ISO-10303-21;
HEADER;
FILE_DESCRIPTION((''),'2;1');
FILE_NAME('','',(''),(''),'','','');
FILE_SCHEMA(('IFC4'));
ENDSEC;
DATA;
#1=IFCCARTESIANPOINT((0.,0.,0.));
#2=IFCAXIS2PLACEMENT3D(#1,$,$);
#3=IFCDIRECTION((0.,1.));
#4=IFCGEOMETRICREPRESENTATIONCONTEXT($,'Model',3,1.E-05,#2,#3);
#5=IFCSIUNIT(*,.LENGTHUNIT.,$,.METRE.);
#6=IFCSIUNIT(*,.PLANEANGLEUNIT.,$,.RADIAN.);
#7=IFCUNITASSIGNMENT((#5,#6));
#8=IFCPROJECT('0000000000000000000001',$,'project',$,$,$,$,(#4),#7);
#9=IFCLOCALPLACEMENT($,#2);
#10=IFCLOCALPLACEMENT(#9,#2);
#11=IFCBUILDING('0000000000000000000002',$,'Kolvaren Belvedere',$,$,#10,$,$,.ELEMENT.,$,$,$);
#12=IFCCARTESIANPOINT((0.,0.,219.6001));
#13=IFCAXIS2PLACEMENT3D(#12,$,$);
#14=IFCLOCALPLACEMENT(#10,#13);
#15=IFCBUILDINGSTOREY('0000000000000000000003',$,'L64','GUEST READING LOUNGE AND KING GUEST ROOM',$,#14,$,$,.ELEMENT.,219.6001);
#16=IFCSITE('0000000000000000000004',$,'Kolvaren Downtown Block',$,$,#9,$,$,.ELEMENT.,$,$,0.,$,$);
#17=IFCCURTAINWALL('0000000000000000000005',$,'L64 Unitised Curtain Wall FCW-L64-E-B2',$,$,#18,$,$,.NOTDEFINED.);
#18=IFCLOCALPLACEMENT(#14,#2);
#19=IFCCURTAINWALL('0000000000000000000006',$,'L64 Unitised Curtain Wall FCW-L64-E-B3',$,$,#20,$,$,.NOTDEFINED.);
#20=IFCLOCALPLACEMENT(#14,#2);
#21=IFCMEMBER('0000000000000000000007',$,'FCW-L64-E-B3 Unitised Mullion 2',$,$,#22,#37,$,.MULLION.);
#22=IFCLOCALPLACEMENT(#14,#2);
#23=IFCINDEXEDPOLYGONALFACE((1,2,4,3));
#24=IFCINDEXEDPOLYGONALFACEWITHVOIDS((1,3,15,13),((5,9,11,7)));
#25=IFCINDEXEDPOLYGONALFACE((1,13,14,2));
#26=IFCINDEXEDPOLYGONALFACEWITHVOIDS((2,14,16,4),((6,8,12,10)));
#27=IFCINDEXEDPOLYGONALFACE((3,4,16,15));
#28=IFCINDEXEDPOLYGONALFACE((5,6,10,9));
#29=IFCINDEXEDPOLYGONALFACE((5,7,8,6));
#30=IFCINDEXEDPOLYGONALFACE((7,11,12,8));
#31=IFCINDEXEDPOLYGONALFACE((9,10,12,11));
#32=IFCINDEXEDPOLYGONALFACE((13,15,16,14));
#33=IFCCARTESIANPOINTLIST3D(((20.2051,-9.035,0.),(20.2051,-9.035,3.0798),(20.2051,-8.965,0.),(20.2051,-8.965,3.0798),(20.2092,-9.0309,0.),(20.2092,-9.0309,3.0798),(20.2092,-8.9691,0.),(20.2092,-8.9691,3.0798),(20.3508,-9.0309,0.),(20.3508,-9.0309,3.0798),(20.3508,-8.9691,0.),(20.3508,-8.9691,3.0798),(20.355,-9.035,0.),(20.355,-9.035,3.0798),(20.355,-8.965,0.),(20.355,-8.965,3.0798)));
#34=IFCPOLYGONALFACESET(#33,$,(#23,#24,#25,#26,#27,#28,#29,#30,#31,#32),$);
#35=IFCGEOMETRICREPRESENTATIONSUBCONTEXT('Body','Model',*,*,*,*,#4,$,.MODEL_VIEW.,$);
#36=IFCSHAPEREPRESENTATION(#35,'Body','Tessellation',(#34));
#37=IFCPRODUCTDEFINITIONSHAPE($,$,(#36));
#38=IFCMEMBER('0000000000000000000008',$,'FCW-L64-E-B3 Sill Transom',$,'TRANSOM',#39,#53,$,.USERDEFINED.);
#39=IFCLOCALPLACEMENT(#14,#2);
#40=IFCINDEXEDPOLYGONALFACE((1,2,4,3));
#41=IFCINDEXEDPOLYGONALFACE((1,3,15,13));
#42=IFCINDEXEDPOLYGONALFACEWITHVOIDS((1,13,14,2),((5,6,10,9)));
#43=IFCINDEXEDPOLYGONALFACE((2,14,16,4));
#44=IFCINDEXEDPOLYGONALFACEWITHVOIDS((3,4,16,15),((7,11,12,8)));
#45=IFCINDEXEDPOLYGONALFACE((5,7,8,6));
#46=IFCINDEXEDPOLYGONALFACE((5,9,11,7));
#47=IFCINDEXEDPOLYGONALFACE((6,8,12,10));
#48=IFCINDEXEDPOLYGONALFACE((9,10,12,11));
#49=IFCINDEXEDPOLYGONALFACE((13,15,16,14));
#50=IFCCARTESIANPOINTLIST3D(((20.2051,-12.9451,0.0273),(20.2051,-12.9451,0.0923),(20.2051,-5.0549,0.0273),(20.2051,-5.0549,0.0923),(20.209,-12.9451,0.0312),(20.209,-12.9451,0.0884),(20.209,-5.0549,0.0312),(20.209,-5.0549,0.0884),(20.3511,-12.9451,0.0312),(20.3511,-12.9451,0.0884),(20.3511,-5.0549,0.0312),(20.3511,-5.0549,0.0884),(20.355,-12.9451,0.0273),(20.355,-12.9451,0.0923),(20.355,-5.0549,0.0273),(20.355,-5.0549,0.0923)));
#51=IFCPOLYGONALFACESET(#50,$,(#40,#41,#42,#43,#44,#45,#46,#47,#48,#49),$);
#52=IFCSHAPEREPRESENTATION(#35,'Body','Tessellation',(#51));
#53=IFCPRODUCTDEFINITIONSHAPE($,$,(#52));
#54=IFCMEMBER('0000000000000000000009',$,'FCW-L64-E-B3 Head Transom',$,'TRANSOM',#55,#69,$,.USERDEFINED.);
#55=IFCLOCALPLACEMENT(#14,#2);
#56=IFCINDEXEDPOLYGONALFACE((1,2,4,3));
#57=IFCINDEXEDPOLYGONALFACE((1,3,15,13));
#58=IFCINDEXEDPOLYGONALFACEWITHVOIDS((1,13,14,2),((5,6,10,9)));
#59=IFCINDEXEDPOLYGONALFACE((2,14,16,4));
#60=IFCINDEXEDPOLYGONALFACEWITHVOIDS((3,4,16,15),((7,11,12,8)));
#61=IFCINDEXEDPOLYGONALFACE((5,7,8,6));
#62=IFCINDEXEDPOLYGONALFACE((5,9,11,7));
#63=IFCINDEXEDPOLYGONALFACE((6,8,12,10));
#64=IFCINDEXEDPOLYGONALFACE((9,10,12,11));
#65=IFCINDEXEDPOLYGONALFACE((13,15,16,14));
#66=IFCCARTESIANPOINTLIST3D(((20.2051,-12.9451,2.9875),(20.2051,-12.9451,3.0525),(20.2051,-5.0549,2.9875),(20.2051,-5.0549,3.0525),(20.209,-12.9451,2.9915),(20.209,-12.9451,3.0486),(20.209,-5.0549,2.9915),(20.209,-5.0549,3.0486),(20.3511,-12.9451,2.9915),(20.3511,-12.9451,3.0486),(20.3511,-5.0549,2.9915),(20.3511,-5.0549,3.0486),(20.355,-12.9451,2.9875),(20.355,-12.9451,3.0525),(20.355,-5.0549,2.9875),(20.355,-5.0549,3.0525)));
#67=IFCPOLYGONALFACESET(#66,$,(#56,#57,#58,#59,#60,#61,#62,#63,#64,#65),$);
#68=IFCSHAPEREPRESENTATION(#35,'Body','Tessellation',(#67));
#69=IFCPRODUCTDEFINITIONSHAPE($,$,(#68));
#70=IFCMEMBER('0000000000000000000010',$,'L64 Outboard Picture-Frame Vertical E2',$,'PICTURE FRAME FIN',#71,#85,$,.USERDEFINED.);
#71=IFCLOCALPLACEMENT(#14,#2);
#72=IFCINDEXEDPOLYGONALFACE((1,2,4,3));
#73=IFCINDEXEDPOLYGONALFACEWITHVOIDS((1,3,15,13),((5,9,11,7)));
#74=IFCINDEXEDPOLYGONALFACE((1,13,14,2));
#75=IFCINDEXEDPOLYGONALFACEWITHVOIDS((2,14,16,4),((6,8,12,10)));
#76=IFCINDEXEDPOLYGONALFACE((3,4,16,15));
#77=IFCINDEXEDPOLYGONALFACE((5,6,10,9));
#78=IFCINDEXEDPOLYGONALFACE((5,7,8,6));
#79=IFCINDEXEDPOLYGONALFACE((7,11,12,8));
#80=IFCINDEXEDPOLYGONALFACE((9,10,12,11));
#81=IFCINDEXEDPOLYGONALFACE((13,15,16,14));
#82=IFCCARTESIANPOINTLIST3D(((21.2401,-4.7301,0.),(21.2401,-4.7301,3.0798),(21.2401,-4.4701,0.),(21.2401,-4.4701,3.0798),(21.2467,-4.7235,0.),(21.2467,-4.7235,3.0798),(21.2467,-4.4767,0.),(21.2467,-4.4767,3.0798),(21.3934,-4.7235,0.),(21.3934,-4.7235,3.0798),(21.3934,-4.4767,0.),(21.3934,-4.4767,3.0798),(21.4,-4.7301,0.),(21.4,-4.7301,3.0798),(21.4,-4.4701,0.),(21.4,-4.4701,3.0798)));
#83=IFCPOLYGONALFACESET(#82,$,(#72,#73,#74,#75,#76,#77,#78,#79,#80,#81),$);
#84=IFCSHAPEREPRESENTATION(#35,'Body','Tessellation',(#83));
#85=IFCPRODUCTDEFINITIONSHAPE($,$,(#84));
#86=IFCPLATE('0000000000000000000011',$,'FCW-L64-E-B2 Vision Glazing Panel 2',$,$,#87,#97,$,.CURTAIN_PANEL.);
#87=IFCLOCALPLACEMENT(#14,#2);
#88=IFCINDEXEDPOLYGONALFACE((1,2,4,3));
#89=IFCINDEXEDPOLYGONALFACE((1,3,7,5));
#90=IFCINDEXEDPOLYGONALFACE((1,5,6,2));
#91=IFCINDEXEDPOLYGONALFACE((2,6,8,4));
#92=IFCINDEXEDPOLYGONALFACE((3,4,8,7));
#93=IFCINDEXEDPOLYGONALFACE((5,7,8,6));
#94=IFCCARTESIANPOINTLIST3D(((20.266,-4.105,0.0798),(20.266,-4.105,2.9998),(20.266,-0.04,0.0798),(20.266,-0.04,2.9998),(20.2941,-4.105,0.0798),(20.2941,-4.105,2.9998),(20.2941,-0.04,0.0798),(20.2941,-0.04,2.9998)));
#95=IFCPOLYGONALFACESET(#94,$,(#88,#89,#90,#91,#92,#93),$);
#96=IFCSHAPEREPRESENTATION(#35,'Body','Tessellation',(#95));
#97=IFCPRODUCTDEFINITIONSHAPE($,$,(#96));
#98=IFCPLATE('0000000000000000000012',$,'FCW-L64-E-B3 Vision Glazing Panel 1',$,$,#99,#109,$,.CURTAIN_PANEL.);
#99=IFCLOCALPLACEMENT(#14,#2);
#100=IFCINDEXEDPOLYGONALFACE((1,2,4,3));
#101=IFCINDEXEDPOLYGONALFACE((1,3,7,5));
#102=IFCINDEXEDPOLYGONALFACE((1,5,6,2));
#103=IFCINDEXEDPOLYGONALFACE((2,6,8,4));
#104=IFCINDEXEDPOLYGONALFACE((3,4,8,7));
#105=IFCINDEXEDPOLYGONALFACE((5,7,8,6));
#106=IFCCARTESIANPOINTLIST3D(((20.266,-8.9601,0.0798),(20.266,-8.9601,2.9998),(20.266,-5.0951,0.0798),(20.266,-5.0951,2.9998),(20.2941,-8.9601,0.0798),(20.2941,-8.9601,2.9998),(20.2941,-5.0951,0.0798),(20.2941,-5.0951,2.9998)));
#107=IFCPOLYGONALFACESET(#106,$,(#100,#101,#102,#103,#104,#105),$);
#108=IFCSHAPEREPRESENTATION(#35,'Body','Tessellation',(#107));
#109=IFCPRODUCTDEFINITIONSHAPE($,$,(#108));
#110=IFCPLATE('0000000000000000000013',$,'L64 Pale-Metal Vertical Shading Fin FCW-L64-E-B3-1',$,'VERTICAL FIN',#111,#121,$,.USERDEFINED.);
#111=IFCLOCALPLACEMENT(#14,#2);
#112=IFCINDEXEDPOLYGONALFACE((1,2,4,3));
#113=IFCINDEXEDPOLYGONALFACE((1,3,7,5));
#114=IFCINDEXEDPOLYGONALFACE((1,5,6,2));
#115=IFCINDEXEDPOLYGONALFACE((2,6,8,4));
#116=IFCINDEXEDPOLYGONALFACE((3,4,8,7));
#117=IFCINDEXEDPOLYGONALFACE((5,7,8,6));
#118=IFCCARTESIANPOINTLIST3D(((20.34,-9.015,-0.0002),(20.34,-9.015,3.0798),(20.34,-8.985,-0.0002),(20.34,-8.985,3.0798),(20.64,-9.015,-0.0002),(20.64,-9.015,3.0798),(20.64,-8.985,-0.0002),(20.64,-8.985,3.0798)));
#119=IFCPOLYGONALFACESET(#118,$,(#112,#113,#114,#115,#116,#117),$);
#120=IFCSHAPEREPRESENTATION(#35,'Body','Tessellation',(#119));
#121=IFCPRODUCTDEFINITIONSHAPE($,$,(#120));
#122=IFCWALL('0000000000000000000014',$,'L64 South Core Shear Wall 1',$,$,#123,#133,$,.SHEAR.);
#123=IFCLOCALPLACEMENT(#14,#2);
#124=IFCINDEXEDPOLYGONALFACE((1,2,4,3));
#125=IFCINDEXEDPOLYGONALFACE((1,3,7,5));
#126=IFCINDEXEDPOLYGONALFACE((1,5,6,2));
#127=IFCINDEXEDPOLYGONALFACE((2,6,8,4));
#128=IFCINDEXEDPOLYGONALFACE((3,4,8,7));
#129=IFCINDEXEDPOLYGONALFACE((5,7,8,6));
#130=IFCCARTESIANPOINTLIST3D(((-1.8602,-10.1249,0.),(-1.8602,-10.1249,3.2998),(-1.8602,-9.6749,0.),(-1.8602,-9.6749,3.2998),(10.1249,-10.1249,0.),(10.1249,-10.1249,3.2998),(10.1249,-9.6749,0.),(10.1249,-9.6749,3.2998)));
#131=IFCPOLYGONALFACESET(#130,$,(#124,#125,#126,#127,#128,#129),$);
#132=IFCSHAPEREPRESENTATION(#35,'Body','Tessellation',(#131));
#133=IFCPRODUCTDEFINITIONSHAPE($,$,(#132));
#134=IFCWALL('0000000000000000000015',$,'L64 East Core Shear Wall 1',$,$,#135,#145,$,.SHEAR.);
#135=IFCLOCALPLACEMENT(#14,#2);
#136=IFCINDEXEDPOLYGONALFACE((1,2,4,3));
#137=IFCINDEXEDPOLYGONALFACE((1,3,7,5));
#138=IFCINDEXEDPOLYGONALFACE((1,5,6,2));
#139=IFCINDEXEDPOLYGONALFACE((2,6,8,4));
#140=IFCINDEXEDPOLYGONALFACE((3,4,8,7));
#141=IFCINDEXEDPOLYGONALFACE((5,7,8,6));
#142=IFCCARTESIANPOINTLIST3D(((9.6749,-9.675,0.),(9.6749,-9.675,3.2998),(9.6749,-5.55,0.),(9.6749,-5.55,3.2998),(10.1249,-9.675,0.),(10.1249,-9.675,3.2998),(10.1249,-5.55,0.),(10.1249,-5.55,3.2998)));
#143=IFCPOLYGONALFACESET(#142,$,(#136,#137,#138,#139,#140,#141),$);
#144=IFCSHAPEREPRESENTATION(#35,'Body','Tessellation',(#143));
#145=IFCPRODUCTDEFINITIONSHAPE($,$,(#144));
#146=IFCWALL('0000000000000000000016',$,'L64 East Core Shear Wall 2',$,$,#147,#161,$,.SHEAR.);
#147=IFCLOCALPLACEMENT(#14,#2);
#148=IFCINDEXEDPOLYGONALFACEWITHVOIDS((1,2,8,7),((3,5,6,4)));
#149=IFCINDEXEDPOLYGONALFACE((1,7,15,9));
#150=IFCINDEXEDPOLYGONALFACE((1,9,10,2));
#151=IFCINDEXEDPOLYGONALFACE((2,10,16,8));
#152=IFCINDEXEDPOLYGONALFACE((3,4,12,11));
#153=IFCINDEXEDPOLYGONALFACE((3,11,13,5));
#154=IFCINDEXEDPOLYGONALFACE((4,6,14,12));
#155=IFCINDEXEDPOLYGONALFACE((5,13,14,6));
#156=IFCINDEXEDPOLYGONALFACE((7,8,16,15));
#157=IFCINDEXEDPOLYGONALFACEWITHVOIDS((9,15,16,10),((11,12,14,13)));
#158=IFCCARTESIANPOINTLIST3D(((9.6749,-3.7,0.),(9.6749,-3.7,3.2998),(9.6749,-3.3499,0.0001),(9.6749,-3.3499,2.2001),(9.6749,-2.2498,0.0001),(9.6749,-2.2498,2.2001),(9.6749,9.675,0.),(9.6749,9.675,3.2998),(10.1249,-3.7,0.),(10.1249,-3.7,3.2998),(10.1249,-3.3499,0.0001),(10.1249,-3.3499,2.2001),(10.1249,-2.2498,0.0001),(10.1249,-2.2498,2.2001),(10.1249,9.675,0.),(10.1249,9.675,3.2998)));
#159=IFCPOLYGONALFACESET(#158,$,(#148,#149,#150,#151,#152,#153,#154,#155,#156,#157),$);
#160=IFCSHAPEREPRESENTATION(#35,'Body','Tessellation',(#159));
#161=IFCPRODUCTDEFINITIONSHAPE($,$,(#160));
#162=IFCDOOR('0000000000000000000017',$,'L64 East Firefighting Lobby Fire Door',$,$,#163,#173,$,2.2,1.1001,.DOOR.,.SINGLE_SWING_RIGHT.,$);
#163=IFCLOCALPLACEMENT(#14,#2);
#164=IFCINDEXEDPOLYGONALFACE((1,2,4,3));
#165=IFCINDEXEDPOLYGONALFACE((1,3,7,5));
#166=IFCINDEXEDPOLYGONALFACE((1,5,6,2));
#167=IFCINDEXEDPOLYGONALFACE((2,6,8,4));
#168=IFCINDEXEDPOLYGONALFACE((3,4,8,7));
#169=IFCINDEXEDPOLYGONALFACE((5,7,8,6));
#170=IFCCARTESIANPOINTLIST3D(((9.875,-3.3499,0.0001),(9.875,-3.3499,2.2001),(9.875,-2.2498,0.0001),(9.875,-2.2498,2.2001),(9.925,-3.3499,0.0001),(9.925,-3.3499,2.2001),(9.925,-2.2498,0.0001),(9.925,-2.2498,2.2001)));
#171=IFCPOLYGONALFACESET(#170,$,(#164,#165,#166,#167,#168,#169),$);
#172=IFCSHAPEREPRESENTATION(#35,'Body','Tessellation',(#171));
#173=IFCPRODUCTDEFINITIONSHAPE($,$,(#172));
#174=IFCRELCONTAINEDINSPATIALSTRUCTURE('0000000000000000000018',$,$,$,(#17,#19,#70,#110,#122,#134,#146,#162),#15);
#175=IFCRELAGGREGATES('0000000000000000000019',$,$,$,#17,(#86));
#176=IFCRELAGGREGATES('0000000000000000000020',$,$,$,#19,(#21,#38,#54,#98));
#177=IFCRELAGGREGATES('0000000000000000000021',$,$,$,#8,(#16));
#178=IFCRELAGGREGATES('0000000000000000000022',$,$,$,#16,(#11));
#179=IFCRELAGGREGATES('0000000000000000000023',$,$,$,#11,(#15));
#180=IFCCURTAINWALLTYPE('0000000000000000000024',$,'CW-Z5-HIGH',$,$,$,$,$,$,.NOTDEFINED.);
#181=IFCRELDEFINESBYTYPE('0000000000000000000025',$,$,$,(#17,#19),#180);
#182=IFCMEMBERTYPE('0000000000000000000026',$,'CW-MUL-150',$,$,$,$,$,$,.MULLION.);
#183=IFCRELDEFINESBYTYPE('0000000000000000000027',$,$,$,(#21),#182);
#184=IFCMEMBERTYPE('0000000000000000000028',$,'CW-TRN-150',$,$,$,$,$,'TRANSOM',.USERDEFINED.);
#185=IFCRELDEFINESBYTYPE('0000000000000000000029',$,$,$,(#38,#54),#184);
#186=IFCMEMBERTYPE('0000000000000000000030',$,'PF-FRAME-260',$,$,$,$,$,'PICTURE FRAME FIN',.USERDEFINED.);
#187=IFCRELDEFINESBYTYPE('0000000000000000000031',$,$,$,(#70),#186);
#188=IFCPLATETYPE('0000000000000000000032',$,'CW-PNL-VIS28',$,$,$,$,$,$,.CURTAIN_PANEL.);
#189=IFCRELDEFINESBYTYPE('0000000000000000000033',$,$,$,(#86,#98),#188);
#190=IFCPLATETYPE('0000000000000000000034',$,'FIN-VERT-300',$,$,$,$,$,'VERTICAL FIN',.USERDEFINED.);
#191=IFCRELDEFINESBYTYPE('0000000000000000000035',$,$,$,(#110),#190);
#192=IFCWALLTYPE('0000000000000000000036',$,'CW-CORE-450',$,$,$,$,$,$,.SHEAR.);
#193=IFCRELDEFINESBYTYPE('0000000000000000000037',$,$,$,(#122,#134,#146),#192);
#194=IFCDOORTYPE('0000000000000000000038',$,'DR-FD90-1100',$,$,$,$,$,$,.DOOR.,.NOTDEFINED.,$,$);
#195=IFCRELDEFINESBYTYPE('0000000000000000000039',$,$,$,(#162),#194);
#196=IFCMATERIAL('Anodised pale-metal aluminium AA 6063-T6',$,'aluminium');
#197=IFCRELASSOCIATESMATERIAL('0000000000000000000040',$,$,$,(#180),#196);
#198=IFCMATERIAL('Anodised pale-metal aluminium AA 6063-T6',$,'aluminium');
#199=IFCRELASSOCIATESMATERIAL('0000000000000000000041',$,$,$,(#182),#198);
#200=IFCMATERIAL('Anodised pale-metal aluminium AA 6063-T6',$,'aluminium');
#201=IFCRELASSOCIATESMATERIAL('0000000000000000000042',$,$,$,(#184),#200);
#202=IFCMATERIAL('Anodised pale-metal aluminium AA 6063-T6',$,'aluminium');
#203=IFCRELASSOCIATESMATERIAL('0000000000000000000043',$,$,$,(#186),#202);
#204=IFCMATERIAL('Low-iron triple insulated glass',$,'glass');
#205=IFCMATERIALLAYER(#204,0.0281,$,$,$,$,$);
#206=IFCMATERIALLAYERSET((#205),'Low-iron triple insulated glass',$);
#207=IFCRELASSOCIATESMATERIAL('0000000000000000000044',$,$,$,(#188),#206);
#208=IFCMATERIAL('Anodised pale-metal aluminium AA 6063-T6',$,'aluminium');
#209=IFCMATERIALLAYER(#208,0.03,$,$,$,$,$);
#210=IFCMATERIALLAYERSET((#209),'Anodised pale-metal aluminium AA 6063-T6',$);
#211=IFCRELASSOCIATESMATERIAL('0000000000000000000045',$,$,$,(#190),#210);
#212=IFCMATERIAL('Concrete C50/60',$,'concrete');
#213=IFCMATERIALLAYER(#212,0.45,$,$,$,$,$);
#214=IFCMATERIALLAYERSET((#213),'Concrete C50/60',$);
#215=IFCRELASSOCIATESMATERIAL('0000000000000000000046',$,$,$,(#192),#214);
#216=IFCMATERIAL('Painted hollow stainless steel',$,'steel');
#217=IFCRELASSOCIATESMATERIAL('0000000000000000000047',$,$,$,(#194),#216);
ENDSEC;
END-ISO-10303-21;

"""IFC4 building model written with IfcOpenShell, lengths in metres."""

from ifc_helpers import new_model, si_unit, direction, frame, frame_2d, origin, origin_2d, place, context, subcontext, project, spatial, rectangle, hollow_rectangle, extrude, material, layer, layer_set, material_profile, profile_set, type_object, element, fill, aggregate, save


model = new_model("IFC4")

# Units and contexts
model_context = context("Model", 3, precision=1e-05, world=origin(), true_north=direction((0.0, 1.0)))
body_context = subcontext(model_context, "Body", "Model", "MODEL_VIEW")
ifc_project = project(units=[si_unit("LENGTHUNIT", "METRE"), si_unit("PLANEANGLEUNIT", "RADIAN")], contexts=[model_context])

# Site, building, storey
site_placement = place(None, origin())
site = spatial("IfcSite", under=ifc_project, at=site_placement, Name="Kolvaren Downtown Block", CompositionType="ELEMENT", RefElevation=0.0)
building_placement = place(site_placement, origin())
building = spatial("IfcBuilding", under=site, at=building_placement, Name="Kolvaren Belvedere", CompositionType="ELEMENT")
storey_placement = place(building_placement, frame((0.0, 0.0, 219.6001)))
storey = spatial("IfcBuildingStorey", under=building, at=storey_placement, Name="L64", Description="GUEST READING LOUNGE AND KING GUEST ROOM", CompositionType="ELEMENT", Elevation=219.6001)

# Curtain wall
ifc_material_1 = material(Name="Anodised pale-metal aluminium AA 6063-T6", Category="aluminium")
curtain_wall_type = type_object("IfcCurtainWallType", Name="CW-Z5-HIGH", PredefinedType="NOTDEFINED", material=ifc_material_1)
curtain_wall_1_placement = place(storey_placement, origin())
curtain_wall_1 = element("IfcCurtainWall", 1, at=curtain_wall_1_placement, inside=storey, type_object=curtain_wall_type, Name="L64 Unitised Curtain Wall FCW-L64-E-B2", PredefinedType="NOTDEFINED")
ifc_material_2 = material(Name="Anodised pale-metal aluminium AA 6063-T6", Category="aluminium")
ifc_material_profile_1 = material_profile(ifc_material_2, hollow_rectangle(XDim=0.0701, YDim=0.1499, WallThickness=0.0042, at=origin_2d()), Name="ALU-MUL-150X70")
ifc_profile_set_1 = profile_set([ifc_material_profile_1], Name="Anodised pale-metal aluminium AA 6063-T6")
member_type_1 = type_object("IfcMemberType", Name="CW-MUL-150", PredefinedType="MULLION", material=ifc_profile_set_1)

# Curtain wall, members
curtain_wall_2_placement = place(storey_placement, origin())
curtain_wall_2 = element("IfcCurtainWall", 2, at=curtain_wall_2_placement, inside=storey, type_object=curtain_wall_type, Name="L64 Unitised Curtain Wall FCW-L64-E-B3", PredefinedType="NOTDEFINED")
member_1_placement = place(storey_placement, frame((20.28, -9.0, 0.0), z_axis=(0.0, 0.0, 1.0), x_axis=(0.0, 1.0, 0.0)))
member_1 = element("IfcMember", 3, at=member_1_placement, type_object=member_type_1, Name="FCW-L64-E-B3 Unitised Mullion 2", PredefinedType="MULLION", context=body_context, shape_type="SweptSolid", body=[
    extrude(hollow_rectangle(XDim=0.0701, YDim=0.1499, WallThickness=0.0042, at=origin_2d()), origin(), (0.0, 0.0, 1.0), 3.0798),
])
ifc_material_3 = material(Name="Anodised pale-metal aluminium AA 6063-T6", Category="aluminium")
ifc_material_profile_2 = material_profile(ifc_material_3, hollow_rectangle(XDim=0.0649, YDim=0.1499, WallThickness=0.0039, at=origin_2d()), Name="ALU-TRN-150X65")
ifc_profile_set_2 = profile_set([ifc_material_profile_2], Name="Anodised pale-metal aluminium AA 6063-T6")
member_type_2 = type_object("IfcMemberType", Name="CW-TRN-150", ElementType="TRANSOM", PredefinedType="USERDEFINED", material=ifc_profile_set_2)
member_2_placement = place(storey_placement, frame((20.28, -5.0549, 0.0598), z_axis=(0.0, -1.0, 0.0), x_axis=(0.0, 0.0, 1.0)))
member_2 = element("IfcMember", 4, at=member_2_placement, type_object=member_type_2, Name="FCW-L64-E-B3 Sill Transom", ObjectType="TRANSOM", PredefinedType="USERDEFINED", context=body_context, shape_type="SweptSolid", body=[
    extrude(hollow_rectangle(XDim=0.0649, YDim=0.1499, WallThickness=0.0039, at=origin_2d()), origin(), (0.0, 0.0, 1.0), 7.8901),
])
member_3_placement = place(storey_placement, frame((20.28, -5.0549, 3.02), z_axis=(0.0, -1.0, 0.0), x_axis=(0.0, 0.0, 1.0)))
member_3 = element("IfcMember", 5, at=member_3_placement, type_object=member_type_2, Name="FCW-L64-E-B3 Head Transom", ObjectType="TRANSOM", PredefinedType="USERDEFINED", context=body_context, shape_type="SweptSolid", body=[
    extrude(hollow_rectangle(XDim=0.0649, YDim=0.1499, WallThickness=0.0039, at=origin_2d()), origin(), (0.0, 0.0, 1.0), 7.8901),
])

# Member
ifc_material_4 = material(Name="Anodised pale-metal aluminium AA 6063-T6", Category="aluminium")
ifc_material_profile_3 = material_profile(ifc_material_4, hollow_rectangle(XDim=0.1599, YDim=0.26, WallThickness=0.0066, at=origin_2d()), Name="ALU-PF-260X160")
ifc_profile_set_3 = profile_set([ifc_material_profile_3], Name="Anodised pale-metal aluminium AA 6063-T6")
member_type_3 = type_object("IfcMemberType", Name="PF-FRAME-260", ElementType="PICTURE FRAME FIN", PredefinedType="USERDEFINED", material=ifc_profile_set_3)
member_4_placement = place(storey_placement, frame((21.3201, -4.6001, 0.0), z_axis=(0.0, 0.0, 1.0), x_axis=(1.0, 0.0, 0.0)))
element("IfcMember", 6, at=member_4_placement, inside=storey, type_object=member_type_3, Name="L64 Outboard Picture-Frame Vertical E2", ObjectType="PICTURE FRAME FIN", PredefinedType="USERDEFINED", context=body_context, shape_type="SweptSolid", body=[
    extrude(hollow_rectangle(XDim=0.1599, YDim=0.26, WallThickness=0.0066, at=origin_2d()), origin(), (0.0, 0.0, 1.0), 3.0798),
])

# Plates
ifc_material_5 = material(Name="Low-iron triple insulated glass", Category="glass")
ifc_layer_1 = layer(ifc_material_5, 0.0281)
ifc_layer_set_1 = layer_set([ifc_layer_1], Name="Low-iron triple insulated glass")
plate_type_1 = type_object("IfcPlateType", Name="CW-PNL-VIS28", PredefinedType="CURTAIN_PANEL", material=ifc_layer_set_1)
plate_1_placement = place(storey_placement, frame((20.28, -2.0725, 0.0798), z_axis=(0.0, 0.0, 1.0), x_axis=(0.0, -1.0, 0.0)))
plate_1 = element("IfcPlate", 7, at=plate_1_placement, type_object=plate_type_1, Name="FCW-L64-E-B2 Vision Glazing Panel 2", PredefinedType="CURTAIN_PANEL", context=body_context, shape_type="SweptSolid", body=[
    extrude(rectangle(XDim=4.0649, YDim=0.0281, at=origin_2d()), origin(), (0.0, 0.0, 1.0), 2.9199),
])
aggregate(curtain_wall_1, [plate_1])
plate_2_placement = place(storey_placement, frame((20.28, -7.0276, 0.0798), z_axis=(0.0, 0.0, 1.0), x_axis=(0.0, -1.0, 0.0)))
plate_2 = element("IfcPlate", 8, at=plate_2_placement, type_object=plate_type_1, Name="FCW-L64-E-B3 Vision Glazing Panel 1", PredefinedType="CURTAIN_PANEL", context=body_context, shape_type="SweptSolid", body=[
    extrude(rectangle(XDim=3.865, YDim=0.0281, at=origin_2d()), origin(), (0.0, 0.0, 1.0), 2.9199),
])
aggregate(curtain_wall_2, [member_1, member_2, member_3, plate_2])
ifc_material_6 = material(Name="Anodised pale-metal aluminium AA 6063-T6", Category="aluminium")
ifc_layer_2 = layer(ifc_material_6, 0.03)
ifc_layer_set_2 = layer_set([ifc_layer_2], Name="Anodised pale-metal aluminium AA 6063-T6")
plate_type_2 = type_object("IfcPlateType", Name="FIN-VERT-300", ElementType="VERTICAL FIN", PredefinedType="USERDEFINED", material=ifc_layer_set_2)
plate_3_placement = place(storey_placement, frame((20.49, -9.0, -0.0002), z_axis=(0.0, 0.0, 1.0), x_axis=(1.0, 0.0, 0.0)))
element("IfcPlate", 9, at=plate_3_placement, inside=storey, type_object=plate_type_2, Name="L64 Pale-Metal Vertical Shading Fin FCW-L64-E-B3-1", ObjectType="VERTICAL FIN", PredefinedType="USERDEFINED", context=body_context, shape_type="SweptSolid", body=[
    extrude(rectangle(XDim=0.3, YDim=0.03, at=origin_2d()), origin(), (0.0, 0.0, 1.0), 3.0801),
])

# Walls
ifc_material_7 = material(Name="Concrete C50/60", Category="concrete")
ifc_layer_3 = layer(ifc_material_7, 0.45)
ifc_layer_set_3 = layer_set([ifc_layer_3], Name="Concrete C50/60")
wall_type_1 = type_object("IfcWallType", Name="CW-CORE-450", PredefinedType="SHEAR", material=ifc_layer_set_3)
wall_1_placement = place(storey_placement, frame((10.125, -9.8999, 0.0), z_axis=(0.0, 0.0, 1.0), x_axis=(-1.0, 0.0, 0.0)))
element("IfcWall", 10, at=wall_1_placement, inside=storey, type_object=wall_type_1, Name="L64 South Core Shear Wall 1", PredefinedType="SHEAR", context=body_context, shape_type="SweptSolid", body=[
    extrude(rectangle(XDim=11.9851, YDim=0.45, at=frame_2d((5.9927, 0.0))), origin(), (0.0, 0.0, 1.0), 3.2998),
])
wall_2_placement = place(storey_placement, frame((9.8999, -9.675, 0.0), z_axis=(0.0, 0.0, 1.0), x_axis=(0.0, 1.0, 0.0)))
element("IfcWall", 11, at=wall_2_placement, inside=storey, type_object=wall_type_1, Name="L64 East Core Shear Wall 1", PredefinedType="SHEAR", context=body_context, shape_type="SweptSolid", body=[
    extrude(rectangle(XDim=4.125, YDim=0.45, at=frame_2d((2.0625, 0.0))), origin(), (0.0, 0.0, 1.0), 3.2998),
])

# Wall, opening, door
wall_3_placement = place(storey_placement, frame((9.8999, -3.7, 0.0), z_axis=(0.0, 0.0, 1.0), x_axis=(0.0, 1.0, 0.0)))
wall_3 = element("IfcWall", 12, at=wall_3_placement, inside=storey, type_object=wall_type_1, Name="L64 East Core Shear Wall 2", PredefinedType="SHEAR", context=body_context, shape_type="SweptSolid", body=[
    extrude(rectangle(XDim=13.375, YDim=0.45, at=frame_2d((6.6875, 0.0))), origin(), (0.0, 0.0, 1.0), 3.2998),
])
opening_1_placement = place(wall_3_placement, frame((0.3501, 0.0, 0.0)))
opening_1 = element("IfcOpeningElement", 13, at=opening_1_placement, cuts=wall_3, PredefinedType="OPENING", context=body_context, shape_type="SweptSolid", body=[
    extrude(rectangle(XDim=1.1001, YDim=2.2, at=frame_2d((0.55, 1.1001))), frame((0.0, 0.2349, 0.0), z_axis=(0.0, -1.0, 0.0), x_axis=(1.0, 0.0, 0.0)), (0.0, 0.0, 1.0), 0.47),
])
ifc_material_8 = material(Name="Painted hollow stainless steel", Category="steel")
door_type_1 = type_object("IfcDoorType", Name="DR-FD90-1100", OperationType="NOTDEFINED", PredefinedType="DOOR", material=ifc_material_8)
door_1_placement = place(opening_1_placement, origin())
door_1 = element("IfcDoor", 14, at=door_1_placement, inside=storey, type_object=door_type_1, Name="L64 East Firefighting Lobby Fire Door", OperationType="SINGLE_SWING_RIGHT", OverallHeight=2.2, OverallWidth=1.1001, PredefinedType="DOOR", context=body_context, shape_type="SweptSolid", body=[
    extrude(rectangle(XDim=1.1001, YDim=2.2, at=frame_2d((0.55, 1.1001))), frame((0.0, 0.0249, 0.0), z_axis=(0.0, -1.0, 0.0), x_axis=(1.0, 0.0, 0.0)), (0.0, 0.0, 1.0), 0.05),
])
fill(opening_1, door_1)

save(model, "model.ifc")
